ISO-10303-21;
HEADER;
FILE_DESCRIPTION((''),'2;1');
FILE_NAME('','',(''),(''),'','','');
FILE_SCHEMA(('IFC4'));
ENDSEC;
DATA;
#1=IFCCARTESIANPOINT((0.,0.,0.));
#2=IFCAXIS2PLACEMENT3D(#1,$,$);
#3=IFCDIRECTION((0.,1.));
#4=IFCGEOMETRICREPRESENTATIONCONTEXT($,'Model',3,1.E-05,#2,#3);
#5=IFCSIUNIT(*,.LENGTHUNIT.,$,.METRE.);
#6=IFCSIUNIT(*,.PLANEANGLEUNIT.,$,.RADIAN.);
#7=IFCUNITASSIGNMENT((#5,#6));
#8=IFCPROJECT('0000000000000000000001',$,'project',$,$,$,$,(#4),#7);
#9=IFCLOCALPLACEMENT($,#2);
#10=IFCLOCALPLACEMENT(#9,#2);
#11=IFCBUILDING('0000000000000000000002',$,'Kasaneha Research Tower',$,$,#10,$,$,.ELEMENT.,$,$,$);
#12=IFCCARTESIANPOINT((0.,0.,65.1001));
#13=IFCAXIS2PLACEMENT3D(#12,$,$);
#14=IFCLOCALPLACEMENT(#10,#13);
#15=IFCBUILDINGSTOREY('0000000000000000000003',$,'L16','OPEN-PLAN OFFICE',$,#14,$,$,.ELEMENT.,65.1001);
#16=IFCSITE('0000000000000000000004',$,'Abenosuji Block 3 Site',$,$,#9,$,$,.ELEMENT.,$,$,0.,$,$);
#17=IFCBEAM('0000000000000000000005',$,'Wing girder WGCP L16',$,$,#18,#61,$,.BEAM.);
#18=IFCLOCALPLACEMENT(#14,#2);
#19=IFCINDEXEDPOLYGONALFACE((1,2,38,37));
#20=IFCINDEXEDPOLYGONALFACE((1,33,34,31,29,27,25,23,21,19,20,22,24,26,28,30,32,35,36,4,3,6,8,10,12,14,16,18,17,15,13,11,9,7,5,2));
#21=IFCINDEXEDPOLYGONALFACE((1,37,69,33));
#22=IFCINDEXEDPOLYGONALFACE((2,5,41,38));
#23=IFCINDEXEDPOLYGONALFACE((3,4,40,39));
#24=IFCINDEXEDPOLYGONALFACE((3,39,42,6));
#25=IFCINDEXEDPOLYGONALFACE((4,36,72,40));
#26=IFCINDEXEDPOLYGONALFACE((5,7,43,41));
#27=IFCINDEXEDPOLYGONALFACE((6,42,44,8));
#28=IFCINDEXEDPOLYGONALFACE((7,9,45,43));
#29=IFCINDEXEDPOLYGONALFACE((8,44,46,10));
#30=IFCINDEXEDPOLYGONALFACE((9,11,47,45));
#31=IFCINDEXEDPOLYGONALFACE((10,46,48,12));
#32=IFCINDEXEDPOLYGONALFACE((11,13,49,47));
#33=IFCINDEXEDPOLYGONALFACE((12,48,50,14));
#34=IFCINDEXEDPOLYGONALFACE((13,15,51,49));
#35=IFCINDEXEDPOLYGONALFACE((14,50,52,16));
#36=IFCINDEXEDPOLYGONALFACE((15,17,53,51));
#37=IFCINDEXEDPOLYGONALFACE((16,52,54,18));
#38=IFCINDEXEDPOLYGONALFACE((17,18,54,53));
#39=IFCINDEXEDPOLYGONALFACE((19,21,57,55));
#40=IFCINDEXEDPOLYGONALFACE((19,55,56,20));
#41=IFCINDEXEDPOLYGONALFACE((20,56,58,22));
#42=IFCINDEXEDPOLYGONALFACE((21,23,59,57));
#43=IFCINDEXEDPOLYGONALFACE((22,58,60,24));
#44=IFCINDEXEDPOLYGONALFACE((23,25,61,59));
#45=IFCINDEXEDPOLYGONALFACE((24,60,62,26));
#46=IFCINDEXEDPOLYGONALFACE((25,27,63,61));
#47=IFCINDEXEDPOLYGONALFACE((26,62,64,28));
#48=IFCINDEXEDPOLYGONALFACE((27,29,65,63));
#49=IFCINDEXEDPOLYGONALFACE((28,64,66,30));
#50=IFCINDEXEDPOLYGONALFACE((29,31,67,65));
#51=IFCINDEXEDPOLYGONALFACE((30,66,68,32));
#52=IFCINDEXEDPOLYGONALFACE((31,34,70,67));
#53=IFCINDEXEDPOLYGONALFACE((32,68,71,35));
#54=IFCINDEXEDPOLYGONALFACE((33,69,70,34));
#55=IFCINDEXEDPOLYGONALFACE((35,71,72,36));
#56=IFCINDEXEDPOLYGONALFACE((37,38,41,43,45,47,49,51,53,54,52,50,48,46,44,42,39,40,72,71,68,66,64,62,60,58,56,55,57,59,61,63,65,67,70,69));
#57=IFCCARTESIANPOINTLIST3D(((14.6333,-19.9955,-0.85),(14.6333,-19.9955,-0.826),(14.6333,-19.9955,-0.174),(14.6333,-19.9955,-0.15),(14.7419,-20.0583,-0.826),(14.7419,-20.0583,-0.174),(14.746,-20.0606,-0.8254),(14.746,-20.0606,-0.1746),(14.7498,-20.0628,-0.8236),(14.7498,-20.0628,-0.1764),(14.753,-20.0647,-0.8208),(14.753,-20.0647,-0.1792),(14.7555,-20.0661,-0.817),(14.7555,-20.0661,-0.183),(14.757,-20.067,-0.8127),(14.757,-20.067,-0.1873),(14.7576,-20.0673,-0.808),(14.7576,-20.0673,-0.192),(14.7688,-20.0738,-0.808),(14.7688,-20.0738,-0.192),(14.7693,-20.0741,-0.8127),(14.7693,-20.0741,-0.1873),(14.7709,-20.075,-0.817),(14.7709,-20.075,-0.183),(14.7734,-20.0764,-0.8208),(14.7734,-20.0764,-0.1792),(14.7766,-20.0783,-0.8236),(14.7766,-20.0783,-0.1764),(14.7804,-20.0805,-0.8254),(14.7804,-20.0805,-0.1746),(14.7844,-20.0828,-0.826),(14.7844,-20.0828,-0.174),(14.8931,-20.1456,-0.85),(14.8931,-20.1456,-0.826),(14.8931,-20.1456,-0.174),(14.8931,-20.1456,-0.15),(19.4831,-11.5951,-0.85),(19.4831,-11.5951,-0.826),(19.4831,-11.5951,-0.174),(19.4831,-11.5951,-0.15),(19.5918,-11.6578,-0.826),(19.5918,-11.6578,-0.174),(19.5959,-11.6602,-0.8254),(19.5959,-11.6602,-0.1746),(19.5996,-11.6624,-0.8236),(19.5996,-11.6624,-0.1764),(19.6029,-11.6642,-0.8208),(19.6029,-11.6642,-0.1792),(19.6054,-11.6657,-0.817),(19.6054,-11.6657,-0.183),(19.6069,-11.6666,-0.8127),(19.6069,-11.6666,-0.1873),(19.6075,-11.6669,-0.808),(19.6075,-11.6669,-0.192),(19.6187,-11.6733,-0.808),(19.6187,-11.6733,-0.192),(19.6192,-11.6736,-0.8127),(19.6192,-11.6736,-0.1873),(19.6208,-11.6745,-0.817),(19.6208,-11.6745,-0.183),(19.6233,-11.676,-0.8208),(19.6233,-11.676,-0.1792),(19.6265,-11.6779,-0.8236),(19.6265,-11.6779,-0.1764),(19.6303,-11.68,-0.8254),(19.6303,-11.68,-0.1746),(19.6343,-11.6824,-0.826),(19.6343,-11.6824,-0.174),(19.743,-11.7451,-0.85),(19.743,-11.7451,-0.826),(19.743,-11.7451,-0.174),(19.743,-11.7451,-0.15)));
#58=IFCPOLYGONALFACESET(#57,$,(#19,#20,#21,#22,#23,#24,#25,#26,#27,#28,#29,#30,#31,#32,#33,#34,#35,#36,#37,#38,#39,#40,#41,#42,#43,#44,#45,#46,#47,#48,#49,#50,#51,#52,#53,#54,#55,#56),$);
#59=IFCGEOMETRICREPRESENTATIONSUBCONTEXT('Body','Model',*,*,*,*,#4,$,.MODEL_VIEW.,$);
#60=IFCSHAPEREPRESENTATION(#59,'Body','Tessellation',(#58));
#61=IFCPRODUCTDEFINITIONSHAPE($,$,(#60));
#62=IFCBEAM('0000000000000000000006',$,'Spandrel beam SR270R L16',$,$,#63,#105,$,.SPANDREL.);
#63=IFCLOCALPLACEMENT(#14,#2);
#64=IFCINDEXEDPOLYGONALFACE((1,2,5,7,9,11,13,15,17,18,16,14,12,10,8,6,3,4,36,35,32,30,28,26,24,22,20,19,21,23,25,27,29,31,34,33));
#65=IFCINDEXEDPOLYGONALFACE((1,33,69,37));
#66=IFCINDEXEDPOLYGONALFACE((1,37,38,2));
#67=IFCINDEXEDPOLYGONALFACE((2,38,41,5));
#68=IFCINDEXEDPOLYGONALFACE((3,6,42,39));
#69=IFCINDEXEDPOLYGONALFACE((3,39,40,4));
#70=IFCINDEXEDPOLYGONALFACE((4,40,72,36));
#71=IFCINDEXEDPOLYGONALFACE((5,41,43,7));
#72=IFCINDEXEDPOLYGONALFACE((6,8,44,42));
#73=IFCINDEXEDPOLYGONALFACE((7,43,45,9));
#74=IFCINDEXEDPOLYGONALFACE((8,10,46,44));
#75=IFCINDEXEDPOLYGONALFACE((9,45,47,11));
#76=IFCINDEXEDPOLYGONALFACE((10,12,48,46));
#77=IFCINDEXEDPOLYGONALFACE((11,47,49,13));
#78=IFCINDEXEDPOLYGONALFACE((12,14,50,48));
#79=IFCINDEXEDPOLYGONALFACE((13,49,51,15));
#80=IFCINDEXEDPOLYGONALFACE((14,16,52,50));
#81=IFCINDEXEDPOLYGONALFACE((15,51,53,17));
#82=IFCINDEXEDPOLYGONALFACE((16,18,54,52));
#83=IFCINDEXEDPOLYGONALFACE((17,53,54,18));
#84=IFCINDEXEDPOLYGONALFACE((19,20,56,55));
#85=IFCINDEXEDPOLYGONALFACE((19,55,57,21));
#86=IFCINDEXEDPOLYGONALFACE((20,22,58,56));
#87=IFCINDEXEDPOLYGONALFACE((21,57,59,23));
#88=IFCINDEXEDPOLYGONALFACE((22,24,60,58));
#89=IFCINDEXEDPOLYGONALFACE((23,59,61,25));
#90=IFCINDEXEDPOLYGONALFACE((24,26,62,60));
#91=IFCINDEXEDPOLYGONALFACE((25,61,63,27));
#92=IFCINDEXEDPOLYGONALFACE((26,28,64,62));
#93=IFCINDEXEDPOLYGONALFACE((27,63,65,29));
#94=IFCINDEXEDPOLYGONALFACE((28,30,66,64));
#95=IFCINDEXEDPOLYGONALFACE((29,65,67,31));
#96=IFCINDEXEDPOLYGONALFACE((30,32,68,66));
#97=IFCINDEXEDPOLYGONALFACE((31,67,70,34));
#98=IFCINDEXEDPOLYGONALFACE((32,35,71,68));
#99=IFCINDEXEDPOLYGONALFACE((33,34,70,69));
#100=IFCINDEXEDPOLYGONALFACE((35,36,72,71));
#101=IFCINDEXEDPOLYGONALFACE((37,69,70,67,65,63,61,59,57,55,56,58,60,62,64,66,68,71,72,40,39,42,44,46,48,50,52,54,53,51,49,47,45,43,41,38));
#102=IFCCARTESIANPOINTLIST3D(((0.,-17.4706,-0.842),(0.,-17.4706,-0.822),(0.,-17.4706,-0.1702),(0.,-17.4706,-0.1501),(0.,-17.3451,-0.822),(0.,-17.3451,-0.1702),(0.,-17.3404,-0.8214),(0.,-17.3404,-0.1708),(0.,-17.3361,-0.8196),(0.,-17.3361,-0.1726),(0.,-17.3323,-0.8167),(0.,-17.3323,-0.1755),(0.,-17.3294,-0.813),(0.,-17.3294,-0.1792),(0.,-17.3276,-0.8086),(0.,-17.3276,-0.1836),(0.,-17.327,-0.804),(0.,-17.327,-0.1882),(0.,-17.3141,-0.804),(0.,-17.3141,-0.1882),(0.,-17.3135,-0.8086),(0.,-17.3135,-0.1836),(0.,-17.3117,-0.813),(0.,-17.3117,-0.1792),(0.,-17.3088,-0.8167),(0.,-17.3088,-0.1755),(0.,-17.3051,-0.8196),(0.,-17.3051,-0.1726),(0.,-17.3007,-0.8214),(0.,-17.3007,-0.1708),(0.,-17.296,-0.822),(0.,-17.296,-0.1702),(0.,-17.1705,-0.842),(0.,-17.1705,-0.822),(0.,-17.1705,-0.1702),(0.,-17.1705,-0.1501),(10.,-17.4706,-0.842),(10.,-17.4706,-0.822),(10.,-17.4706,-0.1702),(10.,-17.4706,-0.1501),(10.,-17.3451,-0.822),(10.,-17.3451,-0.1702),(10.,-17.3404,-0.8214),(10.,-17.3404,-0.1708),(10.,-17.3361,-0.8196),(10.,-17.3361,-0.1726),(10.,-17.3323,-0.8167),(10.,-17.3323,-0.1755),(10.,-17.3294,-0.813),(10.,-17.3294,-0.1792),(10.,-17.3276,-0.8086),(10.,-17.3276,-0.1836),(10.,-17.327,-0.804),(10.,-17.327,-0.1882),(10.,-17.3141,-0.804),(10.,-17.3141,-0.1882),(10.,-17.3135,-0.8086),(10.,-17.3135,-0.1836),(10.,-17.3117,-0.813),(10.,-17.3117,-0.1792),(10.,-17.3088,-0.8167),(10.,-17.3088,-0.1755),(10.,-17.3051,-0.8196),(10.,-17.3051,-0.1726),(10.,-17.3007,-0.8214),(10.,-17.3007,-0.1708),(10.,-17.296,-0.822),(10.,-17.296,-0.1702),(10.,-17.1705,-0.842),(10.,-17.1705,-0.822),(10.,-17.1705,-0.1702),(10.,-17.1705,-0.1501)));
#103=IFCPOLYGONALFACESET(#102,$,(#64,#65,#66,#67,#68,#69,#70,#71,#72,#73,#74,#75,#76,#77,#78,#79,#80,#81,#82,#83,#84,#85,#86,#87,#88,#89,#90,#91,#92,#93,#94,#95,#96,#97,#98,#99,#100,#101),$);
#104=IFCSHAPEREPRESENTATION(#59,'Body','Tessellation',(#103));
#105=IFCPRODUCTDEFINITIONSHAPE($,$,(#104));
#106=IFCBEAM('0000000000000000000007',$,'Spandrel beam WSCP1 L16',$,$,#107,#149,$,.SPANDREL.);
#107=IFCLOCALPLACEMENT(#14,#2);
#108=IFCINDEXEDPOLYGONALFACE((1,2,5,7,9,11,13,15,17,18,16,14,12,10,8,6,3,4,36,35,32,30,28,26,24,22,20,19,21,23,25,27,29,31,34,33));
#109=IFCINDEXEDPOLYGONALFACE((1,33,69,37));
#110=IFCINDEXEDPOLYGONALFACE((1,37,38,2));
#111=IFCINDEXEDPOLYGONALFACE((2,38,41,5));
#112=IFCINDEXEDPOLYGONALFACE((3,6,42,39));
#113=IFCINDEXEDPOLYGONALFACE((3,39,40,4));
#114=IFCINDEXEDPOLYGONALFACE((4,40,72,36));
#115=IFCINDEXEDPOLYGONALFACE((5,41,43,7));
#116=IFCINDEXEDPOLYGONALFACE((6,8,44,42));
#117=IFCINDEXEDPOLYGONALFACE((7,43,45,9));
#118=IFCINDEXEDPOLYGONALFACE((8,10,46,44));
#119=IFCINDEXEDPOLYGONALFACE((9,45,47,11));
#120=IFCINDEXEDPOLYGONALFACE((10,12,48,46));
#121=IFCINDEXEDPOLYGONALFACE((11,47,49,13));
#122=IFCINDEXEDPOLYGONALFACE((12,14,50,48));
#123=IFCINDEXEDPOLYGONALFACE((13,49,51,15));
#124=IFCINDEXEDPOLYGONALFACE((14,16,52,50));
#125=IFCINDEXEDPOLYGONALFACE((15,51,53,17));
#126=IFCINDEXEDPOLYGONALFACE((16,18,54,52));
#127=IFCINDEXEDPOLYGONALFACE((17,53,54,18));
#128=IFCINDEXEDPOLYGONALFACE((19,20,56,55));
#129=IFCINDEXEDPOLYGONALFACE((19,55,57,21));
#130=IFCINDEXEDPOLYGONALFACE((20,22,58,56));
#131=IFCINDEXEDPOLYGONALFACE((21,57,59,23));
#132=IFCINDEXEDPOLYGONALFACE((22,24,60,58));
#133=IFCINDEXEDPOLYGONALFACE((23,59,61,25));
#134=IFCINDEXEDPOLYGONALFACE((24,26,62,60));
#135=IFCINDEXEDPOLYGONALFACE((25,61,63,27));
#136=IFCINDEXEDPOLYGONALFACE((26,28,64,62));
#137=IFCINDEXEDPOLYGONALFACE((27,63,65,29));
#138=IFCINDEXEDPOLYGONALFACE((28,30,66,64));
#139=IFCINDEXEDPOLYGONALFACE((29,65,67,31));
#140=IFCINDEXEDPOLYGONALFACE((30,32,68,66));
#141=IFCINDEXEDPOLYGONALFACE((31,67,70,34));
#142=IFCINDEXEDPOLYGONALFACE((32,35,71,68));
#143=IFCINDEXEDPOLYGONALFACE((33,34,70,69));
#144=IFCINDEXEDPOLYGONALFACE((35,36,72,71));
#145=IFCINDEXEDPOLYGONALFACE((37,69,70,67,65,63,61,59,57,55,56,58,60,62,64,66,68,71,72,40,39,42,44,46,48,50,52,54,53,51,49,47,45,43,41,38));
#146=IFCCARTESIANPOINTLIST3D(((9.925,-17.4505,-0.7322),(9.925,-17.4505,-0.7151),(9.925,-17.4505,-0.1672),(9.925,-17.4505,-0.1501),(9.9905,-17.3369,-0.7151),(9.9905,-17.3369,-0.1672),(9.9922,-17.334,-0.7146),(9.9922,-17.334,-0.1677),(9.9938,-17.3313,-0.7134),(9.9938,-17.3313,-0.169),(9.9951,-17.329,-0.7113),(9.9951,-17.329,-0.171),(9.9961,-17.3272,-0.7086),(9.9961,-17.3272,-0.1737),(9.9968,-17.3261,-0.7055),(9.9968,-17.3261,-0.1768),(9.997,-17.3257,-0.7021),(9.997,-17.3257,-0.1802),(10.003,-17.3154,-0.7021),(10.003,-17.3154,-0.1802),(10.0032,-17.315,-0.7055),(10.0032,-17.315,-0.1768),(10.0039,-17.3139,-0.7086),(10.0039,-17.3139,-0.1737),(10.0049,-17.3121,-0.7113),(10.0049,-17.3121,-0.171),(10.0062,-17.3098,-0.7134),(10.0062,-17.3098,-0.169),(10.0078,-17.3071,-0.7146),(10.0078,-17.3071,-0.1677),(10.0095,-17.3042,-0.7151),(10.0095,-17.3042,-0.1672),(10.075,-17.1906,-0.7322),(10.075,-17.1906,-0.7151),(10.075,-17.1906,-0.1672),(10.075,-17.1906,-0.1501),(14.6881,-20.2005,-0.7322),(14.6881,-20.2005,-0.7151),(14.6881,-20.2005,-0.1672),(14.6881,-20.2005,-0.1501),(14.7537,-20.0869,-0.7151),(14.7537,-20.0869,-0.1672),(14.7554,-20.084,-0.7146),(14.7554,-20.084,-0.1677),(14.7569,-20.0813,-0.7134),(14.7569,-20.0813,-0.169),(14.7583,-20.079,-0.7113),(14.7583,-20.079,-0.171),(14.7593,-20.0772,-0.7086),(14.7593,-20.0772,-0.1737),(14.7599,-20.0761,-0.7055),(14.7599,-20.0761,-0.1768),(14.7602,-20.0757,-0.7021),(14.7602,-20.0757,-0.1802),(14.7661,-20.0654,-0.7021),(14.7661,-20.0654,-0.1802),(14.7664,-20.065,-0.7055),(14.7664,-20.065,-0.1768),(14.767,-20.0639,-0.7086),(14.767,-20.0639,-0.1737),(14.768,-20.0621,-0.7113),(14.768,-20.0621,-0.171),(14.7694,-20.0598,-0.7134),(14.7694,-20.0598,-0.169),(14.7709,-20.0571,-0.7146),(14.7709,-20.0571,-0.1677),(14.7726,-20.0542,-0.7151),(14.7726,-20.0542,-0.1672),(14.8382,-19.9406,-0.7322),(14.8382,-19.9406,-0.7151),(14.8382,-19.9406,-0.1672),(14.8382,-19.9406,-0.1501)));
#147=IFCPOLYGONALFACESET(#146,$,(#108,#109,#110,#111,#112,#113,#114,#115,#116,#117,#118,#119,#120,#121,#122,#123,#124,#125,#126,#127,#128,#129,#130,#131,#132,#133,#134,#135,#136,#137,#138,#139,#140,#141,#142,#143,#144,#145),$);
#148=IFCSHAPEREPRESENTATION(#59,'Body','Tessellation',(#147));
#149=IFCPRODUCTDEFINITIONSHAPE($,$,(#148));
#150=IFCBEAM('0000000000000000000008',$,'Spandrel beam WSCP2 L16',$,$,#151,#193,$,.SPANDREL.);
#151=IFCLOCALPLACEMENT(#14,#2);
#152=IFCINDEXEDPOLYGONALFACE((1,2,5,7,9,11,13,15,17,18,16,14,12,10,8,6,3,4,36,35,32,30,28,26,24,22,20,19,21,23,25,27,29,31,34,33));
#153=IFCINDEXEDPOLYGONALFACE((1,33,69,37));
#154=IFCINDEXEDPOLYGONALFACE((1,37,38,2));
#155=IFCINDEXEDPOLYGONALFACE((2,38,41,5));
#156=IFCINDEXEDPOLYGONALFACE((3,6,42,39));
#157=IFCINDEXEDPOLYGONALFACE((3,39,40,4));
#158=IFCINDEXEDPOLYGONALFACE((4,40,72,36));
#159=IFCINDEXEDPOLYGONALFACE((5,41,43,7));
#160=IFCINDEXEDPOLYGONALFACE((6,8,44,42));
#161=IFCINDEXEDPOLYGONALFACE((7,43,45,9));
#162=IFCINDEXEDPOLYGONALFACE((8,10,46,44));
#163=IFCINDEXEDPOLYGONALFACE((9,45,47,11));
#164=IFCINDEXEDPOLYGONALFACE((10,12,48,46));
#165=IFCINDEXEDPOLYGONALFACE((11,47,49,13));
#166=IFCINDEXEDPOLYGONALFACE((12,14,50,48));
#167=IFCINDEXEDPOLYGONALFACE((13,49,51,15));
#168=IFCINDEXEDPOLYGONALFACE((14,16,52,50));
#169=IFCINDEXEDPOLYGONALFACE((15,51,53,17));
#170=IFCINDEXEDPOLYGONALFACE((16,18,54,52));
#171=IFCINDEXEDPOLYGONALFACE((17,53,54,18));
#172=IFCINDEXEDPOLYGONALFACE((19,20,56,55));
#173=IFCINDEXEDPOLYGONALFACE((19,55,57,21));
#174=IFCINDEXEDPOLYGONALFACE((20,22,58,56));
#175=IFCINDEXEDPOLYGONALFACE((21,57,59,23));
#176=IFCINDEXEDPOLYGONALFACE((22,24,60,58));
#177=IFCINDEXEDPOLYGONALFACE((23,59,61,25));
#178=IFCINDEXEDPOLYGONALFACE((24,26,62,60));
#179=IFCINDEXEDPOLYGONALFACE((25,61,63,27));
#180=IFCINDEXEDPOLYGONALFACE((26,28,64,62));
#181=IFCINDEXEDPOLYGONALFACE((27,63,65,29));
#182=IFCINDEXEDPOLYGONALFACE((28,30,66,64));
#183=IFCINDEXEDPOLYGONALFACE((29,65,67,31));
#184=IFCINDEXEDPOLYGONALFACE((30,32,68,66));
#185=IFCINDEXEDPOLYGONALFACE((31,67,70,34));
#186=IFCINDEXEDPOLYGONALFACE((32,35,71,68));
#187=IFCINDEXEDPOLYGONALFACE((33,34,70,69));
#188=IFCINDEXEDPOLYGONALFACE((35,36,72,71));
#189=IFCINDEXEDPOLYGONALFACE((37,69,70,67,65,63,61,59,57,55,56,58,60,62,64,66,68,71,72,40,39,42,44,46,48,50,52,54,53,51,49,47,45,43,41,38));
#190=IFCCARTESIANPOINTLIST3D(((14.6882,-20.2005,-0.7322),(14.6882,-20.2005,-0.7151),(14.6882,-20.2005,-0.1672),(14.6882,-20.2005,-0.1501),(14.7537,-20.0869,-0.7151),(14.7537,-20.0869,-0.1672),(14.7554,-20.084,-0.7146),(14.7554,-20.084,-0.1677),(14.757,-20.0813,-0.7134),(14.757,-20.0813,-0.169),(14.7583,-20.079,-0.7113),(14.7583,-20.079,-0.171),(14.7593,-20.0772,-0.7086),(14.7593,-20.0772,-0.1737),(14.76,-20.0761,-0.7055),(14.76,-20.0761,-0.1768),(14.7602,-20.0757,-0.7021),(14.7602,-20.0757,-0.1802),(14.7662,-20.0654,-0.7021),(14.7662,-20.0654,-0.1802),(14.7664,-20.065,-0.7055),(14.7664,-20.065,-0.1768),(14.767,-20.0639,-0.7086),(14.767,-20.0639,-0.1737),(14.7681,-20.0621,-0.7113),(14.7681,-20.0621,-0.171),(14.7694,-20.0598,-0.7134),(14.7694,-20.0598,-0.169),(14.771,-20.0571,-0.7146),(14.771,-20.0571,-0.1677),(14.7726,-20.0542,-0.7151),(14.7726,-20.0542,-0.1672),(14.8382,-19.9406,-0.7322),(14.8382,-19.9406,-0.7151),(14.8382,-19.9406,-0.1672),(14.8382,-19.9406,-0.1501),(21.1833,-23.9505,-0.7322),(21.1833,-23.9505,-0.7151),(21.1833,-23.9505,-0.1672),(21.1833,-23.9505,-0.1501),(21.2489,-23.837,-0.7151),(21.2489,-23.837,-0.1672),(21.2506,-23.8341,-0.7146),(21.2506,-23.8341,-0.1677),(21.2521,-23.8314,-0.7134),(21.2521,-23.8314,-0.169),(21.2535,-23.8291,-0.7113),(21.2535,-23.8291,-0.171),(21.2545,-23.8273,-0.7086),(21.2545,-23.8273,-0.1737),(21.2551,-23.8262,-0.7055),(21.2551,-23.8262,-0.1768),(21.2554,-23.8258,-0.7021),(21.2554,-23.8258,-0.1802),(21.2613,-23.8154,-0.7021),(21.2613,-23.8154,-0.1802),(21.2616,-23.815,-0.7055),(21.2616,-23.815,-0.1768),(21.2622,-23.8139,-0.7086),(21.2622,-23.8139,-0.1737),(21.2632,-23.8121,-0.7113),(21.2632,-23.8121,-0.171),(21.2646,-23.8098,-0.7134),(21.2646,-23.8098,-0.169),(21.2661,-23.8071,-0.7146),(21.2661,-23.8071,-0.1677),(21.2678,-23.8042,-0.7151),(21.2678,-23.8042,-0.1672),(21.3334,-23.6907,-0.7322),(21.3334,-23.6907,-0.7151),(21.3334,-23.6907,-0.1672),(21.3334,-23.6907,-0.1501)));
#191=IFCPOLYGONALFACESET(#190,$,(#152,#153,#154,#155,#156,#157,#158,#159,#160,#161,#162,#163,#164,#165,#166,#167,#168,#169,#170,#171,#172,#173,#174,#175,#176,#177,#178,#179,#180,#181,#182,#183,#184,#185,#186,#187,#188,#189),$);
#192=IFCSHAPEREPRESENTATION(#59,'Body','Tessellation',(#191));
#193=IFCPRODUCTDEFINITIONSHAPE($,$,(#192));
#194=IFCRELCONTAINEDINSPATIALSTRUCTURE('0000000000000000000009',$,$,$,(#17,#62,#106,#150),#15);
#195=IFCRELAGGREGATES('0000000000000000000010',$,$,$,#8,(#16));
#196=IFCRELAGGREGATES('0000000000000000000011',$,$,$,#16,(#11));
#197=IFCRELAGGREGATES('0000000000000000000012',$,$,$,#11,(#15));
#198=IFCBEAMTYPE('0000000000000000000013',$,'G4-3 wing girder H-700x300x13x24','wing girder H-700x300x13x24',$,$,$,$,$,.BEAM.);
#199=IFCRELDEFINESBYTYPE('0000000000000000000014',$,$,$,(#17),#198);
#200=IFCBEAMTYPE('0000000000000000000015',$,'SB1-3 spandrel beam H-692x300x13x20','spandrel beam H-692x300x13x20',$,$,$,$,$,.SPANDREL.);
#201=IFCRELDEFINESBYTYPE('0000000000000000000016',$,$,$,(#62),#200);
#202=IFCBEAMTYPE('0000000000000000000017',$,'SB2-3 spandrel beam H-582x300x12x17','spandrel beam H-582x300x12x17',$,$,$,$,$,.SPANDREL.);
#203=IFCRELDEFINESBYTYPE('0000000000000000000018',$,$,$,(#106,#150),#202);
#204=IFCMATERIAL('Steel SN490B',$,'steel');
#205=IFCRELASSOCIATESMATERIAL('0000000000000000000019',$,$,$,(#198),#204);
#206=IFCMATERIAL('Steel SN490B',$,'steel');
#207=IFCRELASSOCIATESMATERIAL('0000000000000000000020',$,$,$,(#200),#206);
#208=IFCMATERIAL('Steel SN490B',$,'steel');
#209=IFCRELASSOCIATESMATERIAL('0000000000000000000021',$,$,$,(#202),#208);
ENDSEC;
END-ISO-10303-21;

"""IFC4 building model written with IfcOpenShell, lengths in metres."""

from ifc_helpers import new_model, si_unit, direction, frame, origin, origin_2d, place, context, subcontext, project, spatial, i_section, extrude, material, material_profile, profile_set, type_object, element, save


model = new_model("IFC4")

# Units and contexts
model_context = context("Model", 3, precision=1e-05, world=origin(), true_north=direction((0.0, 1.0)))
body_context = subcontext(model_context, "Body", "Model", "MODEL_VIEW")
ifc_project = project(units=[si_unit("LENGTHUNIT", "METRE"), si_unit("PLANEANGLEUNIT", "RADIAN")], contexts=[model_context])

# Site, building, storey
site_placement = place(None, origin())
site = spatial("IfcSite", under=ifc_project, at=site_placement, Name="Abenosuji Block 3 Site", CompositionType="ELEMENT", RefElevation=0.0)
building_placement = place(site_placement, origin())
building = spatial("IfcBuilding", under=site, at=building_placement, Name="Kasaneha Research Tower", CompositionType="ELEMENT")
storey_placement = place(building_placement, frame((0.0, 0.0, 65.1001)))
storey = spatial("IfcBuildingStorey", under=building, at=storey_placement, Name="L16", Description="OPEN-PLAN OFFICE", CompositionType="ELEMENT", Elevation=65.1001)

# Beams
ifc_material_1 = material(Name="Steel SN490B", Category="steel")
ifc_material_profile_1 = material_profile(ifc_material_1, i_section(OverallWidth=0.3, OverallDepth=0.7, WebThickness=0.0129, FlangeThickness=0.0239, FilletRadius=0.0181, at=origin_2d()), Name="H-700x300x13x24")
ifc_profile_set_1 = profile_set([ifc_material_profile_1], Name="Steel SN490B")
beam_type_1 = type_object("IfcBeamType", Name="G4-3 wing girder H-700x300x13x24", Description="wing girder H-700x300x13x24", PredefinedType="BEAM", material=ifc_profile_set_1)
beam_1_placement = place(storey_placement, frame((14.7632, -20.0706, -0.5), z_axis=(0.499991, 0.866031, 0.0), x_axis=(-0.866031, 0.499991, 0.0)))
element("IfcBeam", 1, at=beam_1_placement, inside=storey, type_object=beam_type_1, Name="Wing girder WGCP L16", PredefinedType="BEAM", context=body_context, shape_type="SweptSolid", body=[
    extrude(i_section(OverallWidth=0.3, OverallDepth=0.7, WebThickness=0.0129, FlangeThickness=0.0239, FilletRadius=0.0181, at=origin_2d()), origin(), (0.0, 0.0, 1.0), 9.7),
])
ifc_material_2 = material(Name="Steel SN490B", Category="steel")
ifc_material_profile_2 = material_profile(ifc_material_2, i_section(OverallWidth=0.3, OverallDepth=0.6919, WebThickness=0.0129, FlangeThickness=0.02, FilletRadius=0.0181, at=origin_2d()), Name="H-692x300x13x20")
ifc_profile_set_2 = profile_set([ifc_material_profile_2], Name="Steel SN490B")
beam_type_2 = type_object("IfcBeamType", Name="SB1-3 spandrel beam H-692x300x13x20", Description="spandrel beam H-692x300x13x20", PredefinedType="SPANDREL", material=ifc_profile_set_2)
beam_2_placement = place(storey_placement, frame((10.0, -17.3206, -0.4961), z_axis=(-1.0, 0.0, 0.0), x_axis=(0.0, -1.0, 0.0)))
element("IfcBeam", 2, at=beam_2_placement, inside=storey, type_object=beam_type_2, Name="Spandrel beam SR270R L16", PredefinedType="SPANDREL", context=body_context, shape_type="SweptSolid", body=[
    extrude(i_section(OverallWidth=0.3, OverallDepth=0.6919, WebThickness=0.0129, FlangeThickness=0.02, FilletRadius=0.0181, at=origin_2d()), origin(), (0.0, 0.0, 1.0), 10.0),
])
ifc_material_3 = material(Name="Steel SN490B", Category="steel")
ifc_material_profile_3 = material_profile(ifc_material_3, i_section(OverallWidth=0.3, OverallDepth=0.582, WebThickness=0.012, FlangeThickness=0.0171, FilletRadius=0.0129, at=origin_2d()), Name="H-582x300x12x17")
ifc_profile_set_3 = profile_set([ifc_material_profile_3], Name="Steel SN490B")
beam_type_3 = type_object("IfcBeamType", Name="SB2-3 spandrel beam H-582x300x12x17", Description="spandrel beam H-582x300x12x17", PredefinedType="SPANDREL", material=ifc_profile_set_3)
beam_3_placement = place(storey_placement, frame((10.0, -17.3206, -0.4412), z_axis=(0.866027, -0.499997, 0.0), x_axis=(0.499997, 0.866027, 0.0)))
element("IfcBeam", 3, at=beam_3_placement, inside=storey, type_object=beam_type_3, Name="Spandrel beam WSCP1 L16", PredefinedType="SPANDREL", context=body_context, shape_type="SweptSolid", body=[
    extrude(i_section(OverallWidth=0.3, OverallDepth=0.582, WebThickness=0.012, FlangeThickness=0.0171, FilletRadius=0.0129, at=origin_2d()), origin(), (0.0, 0.0, 1.0), 5.5),
])
beam_4_placement = place(storey_placement, frame((14.7632, -20.0706, -0.4412), z_axis=(0.866023, -0.500004, 0.0), x_axis=(0.500004, 0.866023, 0.0)))
element("IfcBeam", 4, at=beam_4_placement, inside=storey, type_object=beam_type_3, Name="Spandrel beam WSCP2 L16", PredefinedType="SPANDREL", context=body_context, shape_type="SweptSolid", body=[
    extrude(i_section(OverallWidth=0.3, OverallDepth=0.582, WebThickness=0.012, FlangeThickness=0.0171, FilletRadius=0.0129, at=origin_2d()), origin(), (0.0, 0.0, 1.0), 7.5),
])

save(model, "model.ifc")
